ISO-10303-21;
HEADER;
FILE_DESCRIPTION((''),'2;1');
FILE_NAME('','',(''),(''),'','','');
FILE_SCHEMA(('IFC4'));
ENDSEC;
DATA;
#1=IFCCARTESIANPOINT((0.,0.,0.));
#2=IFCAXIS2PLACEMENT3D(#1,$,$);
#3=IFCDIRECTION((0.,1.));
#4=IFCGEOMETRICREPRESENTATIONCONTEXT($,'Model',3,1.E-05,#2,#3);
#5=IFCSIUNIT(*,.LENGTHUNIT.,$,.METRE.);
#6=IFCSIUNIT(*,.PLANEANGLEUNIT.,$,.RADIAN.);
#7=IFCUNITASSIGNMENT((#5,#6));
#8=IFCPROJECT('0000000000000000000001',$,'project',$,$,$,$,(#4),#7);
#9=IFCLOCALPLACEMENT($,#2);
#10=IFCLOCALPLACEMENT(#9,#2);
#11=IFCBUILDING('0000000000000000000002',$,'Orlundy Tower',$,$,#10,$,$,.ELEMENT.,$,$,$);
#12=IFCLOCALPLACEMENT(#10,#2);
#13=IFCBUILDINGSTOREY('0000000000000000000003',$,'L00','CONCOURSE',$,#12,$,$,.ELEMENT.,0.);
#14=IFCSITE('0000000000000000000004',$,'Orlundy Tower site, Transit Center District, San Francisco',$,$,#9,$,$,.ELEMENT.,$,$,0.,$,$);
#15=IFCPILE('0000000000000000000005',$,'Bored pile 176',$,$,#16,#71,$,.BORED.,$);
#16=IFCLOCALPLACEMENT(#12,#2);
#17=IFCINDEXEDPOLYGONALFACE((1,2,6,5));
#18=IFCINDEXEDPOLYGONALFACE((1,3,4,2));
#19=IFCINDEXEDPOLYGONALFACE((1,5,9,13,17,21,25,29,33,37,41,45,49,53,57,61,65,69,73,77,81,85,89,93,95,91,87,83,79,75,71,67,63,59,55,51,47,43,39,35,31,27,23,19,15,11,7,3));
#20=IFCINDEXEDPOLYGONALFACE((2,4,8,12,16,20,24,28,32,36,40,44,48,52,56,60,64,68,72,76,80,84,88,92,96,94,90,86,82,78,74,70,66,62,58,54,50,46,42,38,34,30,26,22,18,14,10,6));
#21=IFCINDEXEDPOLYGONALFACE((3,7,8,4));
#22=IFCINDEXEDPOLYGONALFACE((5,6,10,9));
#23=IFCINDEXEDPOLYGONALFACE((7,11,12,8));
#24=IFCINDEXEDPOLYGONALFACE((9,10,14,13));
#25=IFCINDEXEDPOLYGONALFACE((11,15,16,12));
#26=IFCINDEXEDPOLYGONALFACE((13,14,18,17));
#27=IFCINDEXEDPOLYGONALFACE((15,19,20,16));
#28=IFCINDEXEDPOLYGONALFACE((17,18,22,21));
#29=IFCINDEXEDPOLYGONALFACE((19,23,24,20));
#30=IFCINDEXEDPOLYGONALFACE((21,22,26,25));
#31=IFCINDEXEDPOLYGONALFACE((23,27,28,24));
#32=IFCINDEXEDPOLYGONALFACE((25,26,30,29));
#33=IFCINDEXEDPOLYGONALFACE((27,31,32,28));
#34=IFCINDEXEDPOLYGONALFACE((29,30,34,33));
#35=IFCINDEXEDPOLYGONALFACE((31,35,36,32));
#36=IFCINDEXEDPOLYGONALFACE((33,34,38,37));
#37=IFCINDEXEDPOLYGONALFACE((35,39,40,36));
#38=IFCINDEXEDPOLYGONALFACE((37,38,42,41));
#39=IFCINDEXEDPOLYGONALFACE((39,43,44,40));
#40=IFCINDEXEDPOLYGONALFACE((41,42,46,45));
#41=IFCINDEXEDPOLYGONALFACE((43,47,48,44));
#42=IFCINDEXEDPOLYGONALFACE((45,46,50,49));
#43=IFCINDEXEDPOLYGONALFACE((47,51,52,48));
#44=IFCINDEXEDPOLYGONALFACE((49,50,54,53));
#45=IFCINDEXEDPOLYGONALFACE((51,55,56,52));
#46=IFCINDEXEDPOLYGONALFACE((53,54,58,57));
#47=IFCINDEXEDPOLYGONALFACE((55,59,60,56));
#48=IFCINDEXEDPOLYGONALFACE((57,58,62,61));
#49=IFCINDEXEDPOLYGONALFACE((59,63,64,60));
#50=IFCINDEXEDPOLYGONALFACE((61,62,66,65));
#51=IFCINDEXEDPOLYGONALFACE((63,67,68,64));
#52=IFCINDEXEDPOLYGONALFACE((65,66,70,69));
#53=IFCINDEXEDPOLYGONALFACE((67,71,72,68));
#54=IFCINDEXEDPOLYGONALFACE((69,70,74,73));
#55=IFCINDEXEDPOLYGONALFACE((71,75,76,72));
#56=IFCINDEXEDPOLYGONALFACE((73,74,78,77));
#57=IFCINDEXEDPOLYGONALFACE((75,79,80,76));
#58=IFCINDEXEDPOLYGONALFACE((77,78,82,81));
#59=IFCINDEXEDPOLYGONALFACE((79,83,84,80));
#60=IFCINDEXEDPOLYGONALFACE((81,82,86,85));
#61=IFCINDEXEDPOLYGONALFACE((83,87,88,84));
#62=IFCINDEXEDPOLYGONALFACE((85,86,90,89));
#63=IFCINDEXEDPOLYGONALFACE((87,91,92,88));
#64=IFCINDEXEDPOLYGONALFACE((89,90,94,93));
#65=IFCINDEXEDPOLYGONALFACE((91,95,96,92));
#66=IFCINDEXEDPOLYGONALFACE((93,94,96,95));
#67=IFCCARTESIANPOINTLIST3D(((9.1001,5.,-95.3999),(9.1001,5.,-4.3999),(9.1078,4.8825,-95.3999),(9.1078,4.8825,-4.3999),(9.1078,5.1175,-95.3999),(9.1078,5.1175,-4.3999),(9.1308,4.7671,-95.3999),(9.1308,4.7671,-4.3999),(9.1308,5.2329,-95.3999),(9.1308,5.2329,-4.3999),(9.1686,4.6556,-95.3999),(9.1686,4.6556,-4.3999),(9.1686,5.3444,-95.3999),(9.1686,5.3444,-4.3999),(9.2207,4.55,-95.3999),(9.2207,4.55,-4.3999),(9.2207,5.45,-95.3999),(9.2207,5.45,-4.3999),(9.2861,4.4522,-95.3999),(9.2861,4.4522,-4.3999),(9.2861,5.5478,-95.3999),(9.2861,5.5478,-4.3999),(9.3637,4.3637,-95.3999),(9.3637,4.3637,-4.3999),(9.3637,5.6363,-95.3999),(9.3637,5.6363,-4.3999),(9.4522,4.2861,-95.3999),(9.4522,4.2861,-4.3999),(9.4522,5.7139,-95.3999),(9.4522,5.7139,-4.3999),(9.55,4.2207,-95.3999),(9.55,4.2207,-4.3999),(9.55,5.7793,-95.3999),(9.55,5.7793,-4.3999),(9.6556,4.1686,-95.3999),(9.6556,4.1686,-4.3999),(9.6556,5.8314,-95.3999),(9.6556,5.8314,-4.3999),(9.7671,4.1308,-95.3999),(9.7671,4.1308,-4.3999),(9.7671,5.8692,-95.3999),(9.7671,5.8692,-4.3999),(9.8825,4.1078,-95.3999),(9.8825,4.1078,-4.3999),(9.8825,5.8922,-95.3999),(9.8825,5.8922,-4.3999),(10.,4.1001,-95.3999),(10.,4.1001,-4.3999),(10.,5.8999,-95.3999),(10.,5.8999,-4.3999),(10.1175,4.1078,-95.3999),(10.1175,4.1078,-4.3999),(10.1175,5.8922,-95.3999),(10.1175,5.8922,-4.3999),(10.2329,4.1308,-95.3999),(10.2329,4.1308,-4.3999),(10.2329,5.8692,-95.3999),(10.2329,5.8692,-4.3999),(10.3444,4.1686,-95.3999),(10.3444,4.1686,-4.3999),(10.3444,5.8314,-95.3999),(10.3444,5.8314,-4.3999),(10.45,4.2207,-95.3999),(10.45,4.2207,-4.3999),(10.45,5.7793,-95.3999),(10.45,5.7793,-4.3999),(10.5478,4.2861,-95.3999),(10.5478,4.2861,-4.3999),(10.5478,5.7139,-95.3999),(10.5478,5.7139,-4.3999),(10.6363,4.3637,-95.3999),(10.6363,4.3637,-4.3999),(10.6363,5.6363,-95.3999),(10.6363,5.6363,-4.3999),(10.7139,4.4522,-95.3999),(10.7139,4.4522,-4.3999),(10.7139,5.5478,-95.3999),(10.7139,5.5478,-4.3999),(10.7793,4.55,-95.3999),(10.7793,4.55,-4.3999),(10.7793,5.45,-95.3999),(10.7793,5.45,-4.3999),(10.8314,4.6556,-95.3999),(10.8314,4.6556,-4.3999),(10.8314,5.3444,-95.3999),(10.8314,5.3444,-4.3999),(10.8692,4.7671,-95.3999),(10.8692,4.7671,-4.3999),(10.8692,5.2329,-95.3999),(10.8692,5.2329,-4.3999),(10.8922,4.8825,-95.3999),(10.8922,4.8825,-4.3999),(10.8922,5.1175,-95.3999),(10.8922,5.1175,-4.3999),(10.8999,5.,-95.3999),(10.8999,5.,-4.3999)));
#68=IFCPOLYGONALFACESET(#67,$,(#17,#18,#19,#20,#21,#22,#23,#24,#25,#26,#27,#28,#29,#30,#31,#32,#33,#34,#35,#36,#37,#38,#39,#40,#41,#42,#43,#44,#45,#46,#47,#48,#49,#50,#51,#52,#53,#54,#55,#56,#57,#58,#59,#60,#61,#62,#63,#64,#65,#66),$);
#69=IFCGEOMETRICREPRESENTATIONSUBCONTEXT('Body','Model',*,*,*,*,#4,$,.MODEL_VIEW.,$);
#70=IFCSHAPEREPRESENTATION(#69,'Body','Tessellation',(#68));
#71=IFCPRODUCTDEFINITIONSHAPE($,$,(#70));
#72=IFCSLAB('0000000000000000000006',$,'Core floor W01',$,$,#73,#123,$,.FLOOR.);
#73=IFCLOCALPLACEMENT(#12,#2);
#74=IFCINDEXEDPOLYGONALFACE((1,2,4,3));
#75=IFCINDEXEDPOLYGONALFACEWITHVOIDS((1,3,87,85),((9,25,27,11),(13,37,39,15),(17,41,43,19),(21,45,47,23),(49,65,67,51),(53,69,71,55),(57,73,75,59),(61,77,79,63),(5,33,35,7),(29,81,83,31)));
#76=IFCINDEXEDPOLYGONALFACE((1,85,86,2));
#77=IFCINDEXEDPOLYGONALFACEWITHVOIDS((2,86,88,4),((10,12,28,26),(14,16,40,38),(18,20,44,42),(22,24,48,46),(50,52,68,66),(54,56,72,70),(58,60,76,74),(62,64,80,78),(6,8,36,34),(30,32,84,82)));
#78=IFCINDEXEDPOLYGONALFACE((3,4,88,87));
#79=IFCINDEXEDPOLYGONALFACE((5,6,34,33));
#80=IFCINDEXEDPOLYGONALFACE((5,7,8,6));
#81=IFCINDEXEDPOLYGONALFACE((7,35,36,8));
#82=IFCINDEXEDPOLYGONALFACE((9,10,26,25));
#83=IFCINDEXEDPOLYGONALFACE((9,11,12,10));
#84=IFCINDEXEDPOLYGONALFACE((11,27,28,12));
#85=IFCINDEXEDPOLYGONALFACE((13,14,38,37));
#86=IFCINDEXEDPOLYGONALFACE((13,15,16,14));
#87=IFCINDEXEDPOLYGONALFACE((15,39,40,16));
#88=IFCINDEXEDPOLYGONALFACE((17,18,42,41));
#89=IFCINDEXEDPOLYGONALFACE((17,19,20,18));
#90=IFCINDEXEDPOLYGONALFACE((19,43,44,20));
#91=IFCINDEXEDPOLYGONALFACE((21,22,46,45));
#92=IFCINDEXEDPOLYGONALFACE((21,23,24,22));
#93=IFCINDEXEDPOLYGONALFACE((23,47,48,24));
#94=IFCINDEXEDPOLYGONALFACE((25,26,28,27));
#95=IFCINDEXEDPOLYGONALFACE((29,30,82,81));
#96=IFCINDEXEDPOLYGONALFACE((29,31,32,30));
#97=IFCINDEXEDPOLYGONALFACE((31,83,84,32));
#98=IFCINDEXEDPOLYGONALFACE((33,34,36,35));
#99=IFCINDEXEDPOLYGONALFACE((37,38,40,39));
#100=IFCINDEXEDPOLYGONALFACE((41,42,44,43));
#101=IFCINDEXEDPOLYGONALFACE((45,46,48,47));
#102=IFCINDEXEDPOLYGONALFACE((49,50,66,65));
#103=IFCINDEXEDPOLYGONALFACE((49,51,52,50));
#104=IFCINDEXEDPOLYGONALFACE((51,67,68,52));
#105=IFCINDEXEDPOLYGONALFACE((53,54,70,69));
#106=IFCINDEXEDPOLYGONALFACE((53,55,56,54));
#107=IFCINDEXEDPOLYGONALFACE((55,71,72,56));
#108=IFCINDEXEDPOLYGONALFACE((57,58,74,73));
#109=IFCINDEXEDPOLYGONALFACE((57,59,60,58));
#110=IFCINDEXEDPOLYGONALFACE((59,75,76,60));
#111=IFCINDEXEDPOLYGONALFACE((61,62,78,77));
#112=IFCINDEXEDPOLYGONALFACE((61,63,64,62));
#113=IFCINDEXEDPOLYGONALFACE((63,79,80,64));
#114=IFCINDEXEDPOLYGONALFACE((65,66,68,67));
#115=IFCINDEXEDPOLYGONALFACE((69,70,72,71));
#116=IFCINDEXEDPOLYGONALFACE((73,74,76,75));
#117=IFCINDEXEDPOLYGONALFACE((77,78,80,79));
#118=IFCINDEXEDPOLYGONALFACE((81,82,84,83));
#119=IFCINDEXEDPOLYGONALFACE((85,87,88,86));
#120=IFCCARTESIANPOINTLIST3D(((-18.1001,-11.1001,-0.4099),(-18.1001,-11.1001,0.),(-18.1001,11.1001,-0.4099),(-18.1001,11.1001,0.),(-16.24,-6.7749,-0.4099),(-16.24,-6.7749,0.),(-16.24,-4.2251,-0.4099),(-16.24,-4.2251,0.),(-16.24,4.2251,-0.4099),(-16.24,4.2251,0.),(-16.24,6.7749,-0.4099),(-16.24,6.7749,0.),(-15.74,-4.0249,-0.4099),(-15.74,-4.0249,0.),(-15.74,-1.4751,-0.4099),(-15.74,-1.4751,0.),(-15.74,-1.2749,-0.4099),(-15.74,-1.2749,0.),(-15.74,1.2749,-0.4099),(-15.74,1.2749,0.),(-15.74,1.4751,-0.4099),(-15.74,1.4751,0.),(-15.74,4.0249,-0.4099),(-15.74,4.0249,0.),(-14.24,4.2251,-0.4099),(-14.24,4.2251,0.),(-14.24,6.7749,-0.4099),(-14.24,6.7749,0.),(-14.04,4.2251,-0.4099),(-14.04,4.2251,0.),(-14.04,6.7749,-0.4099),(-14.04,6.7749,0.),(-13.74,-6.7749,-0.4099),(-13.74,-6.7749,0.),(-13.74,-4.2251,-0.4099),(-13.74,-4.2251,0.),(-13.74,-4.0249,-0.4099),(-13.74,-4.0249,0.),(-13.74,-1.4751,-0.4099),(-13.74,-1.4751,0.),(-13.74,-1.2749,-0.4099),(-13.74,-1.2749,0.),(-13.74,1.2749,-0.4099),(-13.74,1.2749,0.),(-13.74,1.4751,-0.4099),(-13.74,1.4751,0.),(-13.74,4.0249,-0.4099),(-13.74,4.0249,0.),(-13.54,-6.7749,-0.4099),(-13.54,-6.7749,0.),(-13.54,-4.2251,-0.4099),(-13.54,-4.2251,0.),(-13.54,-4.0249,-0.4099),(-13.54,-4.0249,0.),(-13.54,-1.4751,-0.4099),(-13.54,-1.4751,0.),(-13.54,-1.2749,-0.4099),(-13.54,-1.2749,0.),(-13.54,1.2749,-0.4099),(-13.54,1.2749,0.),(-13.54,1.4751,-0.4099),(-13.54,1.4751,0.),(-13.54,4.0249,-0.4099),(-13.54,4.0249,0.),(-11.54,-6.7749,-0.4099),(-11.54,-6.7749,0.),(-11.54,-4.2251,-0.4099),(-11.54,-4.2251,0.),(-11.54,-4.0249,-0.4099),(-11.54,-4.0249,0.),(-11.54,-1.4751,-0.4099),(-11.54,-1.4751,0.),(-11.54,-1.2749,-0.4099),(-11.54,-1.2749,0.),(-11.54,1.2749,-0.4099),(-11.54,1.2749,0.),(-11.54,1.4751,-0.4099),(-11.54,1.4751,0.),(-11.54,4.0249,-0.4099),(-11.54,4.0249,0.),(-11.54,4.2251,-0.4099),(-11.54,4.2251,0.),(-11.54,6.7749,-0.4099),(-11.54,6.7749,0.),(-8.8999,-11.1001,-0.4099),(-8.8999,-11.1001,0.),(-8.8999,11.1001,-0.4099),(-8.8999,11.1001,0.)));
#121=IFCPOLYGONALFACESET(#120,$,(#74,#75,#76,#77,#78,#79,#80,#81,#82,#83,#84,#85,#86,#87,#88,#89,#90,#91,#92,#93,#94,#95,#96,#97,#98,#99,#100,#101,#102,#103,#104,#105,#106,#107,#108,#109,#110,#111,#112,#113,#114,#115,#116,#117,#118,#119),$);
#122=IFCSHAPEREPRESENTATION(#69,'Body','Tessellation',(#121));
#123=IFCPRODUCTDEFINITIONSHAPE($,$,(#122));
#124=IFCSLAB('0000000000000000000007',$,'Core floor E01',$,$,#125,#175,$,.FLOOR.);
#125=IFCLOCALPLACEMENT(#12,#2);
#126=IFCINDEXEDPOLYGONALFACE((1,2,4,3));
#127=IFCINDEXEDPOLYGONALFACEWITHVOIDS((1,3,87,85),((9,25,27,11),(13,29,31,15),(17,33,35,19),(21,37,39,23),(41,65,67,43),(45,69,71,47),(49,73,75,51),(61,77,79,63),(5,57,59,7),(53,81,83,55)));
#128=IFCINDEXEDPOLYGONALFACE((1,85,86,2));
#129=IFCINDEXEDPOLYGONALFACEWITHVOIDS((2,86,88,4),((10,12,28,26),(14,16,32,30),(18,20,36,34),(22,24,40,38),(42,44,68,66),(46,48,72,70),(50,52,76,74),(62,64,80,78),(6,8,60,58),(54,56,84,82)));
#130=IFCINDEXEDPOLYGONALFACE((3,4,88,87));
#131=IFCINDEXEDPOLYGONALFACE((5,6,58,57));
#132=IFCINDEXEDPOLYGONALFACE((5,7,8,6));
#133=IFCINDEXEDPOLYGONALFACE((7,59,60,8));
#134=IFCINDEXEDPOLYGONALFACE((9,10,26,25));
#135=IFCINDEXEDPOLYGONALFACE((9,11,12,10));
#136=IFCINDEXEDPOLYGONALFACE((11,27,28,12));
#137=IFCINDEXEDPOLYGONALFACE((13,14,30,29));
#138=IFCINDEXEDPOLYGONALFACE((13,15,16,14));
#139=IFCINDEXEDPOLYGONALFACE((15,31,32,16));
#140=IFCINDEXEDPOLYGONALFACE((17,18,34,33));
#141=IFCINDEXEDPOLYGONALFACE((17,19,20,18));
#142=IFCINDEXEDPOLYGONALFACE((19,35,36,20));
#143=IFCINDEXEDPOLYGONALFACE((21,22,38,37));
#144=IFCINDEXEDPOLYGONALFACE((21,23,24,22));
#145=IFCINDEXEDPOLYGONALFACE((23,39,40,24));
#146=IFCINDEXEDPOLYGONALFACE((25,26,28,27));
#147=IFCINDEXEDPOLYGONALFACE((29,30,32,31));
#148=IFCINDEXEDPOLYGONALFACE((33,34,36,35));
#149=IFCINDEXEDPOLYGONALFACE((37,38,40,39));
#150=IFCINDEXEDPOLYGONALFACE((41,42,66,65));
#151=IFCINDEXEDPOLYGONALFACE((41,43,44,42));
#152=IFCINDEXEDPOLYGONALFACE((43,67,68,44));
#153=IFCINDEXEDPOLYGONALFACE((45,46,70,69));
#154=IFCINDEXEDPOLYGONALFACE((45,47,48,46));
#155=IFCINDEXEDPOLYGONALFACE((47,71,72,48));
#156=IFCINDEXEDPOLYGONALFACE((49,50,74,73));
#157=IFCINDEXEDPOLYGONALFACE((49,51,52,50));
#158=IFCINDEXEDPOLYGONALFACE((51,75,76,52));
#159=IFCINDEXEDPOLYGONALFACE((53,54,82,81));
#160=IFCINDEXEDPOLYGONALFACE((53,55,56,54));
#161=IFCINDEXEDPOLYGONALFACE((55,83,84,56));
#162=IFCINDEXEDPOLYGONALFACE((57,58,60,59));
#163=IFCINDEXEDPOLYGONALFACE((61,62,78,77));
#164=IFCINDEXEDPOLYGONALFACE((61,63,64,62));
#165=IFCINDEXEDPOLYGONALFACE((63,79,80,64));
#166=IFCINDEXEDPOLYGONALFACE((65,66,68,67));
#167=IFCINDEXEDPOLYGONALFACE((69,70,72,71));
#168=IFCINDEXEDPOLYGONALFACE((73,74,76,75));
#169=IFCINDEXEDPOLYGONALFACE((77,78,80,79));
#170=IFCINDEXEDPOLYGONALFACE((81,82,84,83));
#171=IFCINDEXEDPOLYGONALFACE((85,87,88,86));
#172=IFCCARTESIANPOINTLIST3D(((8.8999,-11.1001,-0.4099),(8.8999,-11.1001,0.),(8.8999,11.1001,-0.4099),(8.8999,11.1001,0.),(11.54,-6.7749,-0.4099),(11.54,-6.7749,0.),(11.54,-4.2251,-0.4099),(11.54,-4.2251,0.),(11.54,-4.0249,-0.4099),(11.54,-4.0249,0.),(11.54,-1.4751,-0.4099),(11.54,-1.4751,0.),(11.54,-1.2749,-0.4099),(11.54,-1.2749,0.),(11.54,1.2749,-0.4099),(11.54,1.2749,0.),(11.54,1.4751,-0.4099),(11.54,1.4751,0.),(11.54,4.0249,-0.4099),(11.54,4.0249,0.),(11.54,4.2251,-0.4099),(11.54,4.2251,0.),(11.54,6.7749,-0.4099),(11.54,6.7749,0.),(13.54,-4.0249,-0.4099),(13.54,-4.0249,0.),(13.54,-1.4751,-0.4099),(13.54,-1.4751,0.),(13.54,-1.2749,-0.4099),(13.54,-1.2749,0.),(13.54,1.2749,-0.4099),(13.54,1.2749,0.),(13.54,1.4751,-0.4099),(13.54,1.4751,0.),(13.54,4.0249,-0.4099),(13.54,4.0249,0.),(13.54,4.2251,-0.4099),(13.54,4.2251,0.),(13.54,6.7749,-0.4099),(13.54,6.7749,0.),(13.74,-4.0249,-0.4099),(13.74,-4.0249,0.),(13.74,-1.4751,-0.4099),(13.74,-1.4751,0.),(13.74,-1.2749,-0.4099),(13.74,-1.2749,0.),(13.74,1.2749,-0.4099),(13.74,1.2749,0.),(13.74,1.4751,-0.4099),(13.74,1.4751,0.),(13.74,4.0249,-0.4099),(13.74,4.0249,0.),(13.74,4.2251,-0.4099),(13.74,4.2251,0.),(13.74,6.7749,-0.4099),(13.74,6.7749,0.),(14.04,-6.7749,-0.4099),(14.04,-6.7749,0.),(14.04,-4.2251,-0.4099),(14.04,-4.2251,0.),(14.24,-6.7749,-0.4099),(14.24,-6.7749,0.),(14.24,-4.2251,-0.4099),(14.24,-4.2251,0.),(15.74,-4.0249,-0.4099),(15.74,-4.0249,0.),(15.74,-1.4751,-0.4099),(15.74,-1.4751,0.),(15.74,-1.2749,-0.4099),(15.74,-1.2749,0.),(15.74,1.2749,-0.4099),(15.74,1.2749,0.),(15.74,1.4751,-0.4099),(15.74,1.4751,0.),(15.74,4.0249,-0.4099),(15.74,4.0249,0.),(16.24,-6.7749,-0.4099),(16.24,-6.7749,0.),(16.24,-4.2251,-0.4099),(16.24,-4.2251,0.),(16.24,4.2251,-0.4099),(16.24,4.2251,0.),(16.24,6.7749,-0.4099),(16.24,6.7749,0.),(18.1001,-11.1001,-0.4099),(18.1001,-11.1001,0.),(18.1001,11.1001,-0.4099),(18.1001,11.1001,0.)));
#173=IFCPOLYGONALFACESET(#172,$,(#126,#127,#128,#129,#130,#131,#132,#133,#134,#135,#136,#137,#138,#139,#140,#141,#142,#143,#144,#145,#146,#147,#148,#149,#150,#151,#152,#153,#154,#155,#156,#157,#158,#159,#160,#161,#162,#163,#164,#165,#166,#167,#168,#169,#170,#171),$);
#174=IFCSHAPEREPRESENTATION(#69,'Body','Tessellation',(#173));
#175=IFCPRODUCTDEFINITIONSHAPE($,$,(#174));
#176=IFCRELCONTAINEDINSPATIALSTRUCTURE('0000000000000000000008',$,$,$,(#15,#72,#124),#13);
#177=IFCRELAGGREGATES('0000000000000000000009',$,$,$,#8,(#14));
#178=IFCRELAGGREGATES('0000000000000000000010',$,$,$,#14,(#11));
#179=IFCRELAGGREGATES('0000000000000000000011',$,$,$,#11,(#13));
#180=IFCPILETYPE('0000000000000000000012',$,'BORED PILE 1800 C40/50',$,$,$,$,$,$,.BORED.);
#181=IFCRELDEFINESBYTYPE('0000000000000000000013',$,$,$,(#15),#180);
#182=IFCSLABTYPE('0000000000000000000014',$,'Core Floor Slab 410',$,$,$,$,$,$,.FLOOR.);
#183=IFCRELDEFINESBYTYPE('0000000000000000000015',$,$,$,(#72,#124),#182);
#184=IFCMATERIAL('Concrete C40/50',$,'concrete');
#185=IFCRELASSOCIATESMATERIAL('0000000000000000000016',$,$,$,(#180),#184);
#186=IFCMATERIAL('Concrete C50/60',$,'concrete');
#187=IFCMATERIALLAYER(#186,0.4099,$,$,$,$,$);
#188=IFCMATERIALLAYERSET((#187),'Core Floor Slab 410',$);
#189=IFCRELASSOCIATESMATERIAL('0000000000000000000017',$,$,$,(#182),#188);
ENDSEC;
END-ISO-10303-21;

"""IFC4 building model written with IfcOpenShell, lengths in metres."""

from ifc_helpers import new_model, si_unit, direction, frame, origin, origin_2d, place, context, subcontext, project, spatial, polyline, circle, outline, extrude, material, layer, layer_set, material_profile, profile_set, type_object, element, save


model = new_model("IFC4")

# Units and contexts
model_context = context("Model", 3, precision=1e-05, world=origin(), true_north=direction((0.0, 1.0)))
body_context = subcontext(model_context, "Body", "Model", "MODEL_VIEW")
ifc_project = project(units=[si_unit("LENGTHUNIT", "METRE"), si_unit("PLANEANGLEUNIT", "RADIAN")], contexts=[model_context])

# Site, building, storey
site_placement = place(None, origin())
site = spatial("IfcSite", under=ifc_project, at=site_placement, Name="Orlundy Tower site, Transit Center District, San Francisco", CompositionType="ELEMENT", RefElevation=0.0)
building_placement = place(site_placement, origin())
building = spatial("IfcBuilding", under=site, at=building_placement, Name="Orlundy Tower", CompositionType="ELEMENT")
storey_placement = place(building_placement, origin())
storey = spatial("IfcBuildingStorey", under=building, at=storey_placement, Name="L00", Description="CONCOURSE", CompositionType="ELEMENT", Elevation=0.0)

# Pile
ifc_material_1 = material(Name="Concrete C40/50", Category="concrete")
ifc_material_profile = material_profile(ifc_material_1, circle(Radius=0.8999, at=origin_2d()), Name="BP1800")
ifc_profile_set = profile_set([ifc_material_profile], Name="Concrete C40/50")
pile_type = type_object("IfcPileType", Name="BORED PILE 1800 C40/50", PredefinedType="BORED", material=ifc_profile_set)
for number, where, z_axis, x_axis, name in (
    (1, (10.0, 5.0, -4.3999), (0.0, 0.0, -1.0), (1.0, 0.0, 0.0), "Bored pile 176"),
):
    element("IfcPile", number, at=place(storey_placement, frame(where, z_axis=z_axis, x_axis=x_axis)), inside=storey, type_object=pile_type, Name=name, PredefinedType="BORED", context=body_context, shape_type="SweptSolid", body=[
        extrude(circle(Radius=0.8999, at=origin_2d()), origin(), (0.0, 0.0, 1.0), 91.0),
    ])

# Slabs
ifc_material_2 = material(Name="Concrete C50/60", Category="concrete")
ifc_layer_1 = layer(ifc_material_2, 0.4099)
ifc_layer_set_1 = layer_set([ifc_layer_1], Name="Core Floor Slab 410")
slab_type_1 = type_object("IfcSlabType", Name="Core Floor Slab 410", PredefinedType="FLOOR", material=ifc_layer_set_1)
slab_1_placement = place(storey_placement, frame((0.0, 0.0, -0.4099)))
element("IfcSlab", 2, at=slab_1_placement, inside=storey, type_object=slab_type_1, Name="Core floor W01", PredefinedType="FLOOR", context=body_context, shape_type="SweptSolid", body=[
    extrude(outline(polyline([(-18.1001, 11.1001), (-8.8999, 11.1001), (-8.8999, -11.1001), (-18.1001, -11.1001), (-18.1001, 11.1001)]), holes=[polyline([(-13.54, -4.2251), (-13.54, -6.7749), (-11.54, -6.7749), (-11.54, -4.2251), (-13.54, -4.2251)]), polyline([(-13.74, -4.2251), (-16.24, -4.2251), (-16.24, -6.7749), (-13.74, -6.7749), (-13.74, -4.2251)]), polyline([(-11.54, -4.0249), (-11.54, -1.4751), (-13.54, -1.4751), (-13.54, -4.0249), (-11.54, -4.0249)]), polyline([(-15.74, -4.0249), (-13.74, -4.0249), (-13.74, -1.4751), (-15.74, -1.4751), (-15.74, -4.0249)]), polyline([(-13.54, 1.2749), (-13.54, -1.2749), (-11.54, -1.2749), (-11.54, 1.2749), (-13.54, 1.2749)]), polyline([(-13.74, 1.2749), (-15.74, 1.2749), (-15.74, -1.2749), (-13.74, -1.2749), (-13.74, 1.2749)]), polyline([(-11.54, 1.4751), (-11.54, 4.0249), (-13.54, 4.0249), (-13.54, 1.4751), (-11.54, 1.4751)]), polyline([(-15.74, 1.4751), (-13.74, 1.4751), (-13.74, 4.0249), (-15.74, 4.0249), (-15.74, 1.4751)]), polyline([(-14.04, 6.7749), (-14.04, 4.2251), (-11.54, 4.2251), (-11.54, 6.7749), (-14.04, 6.7749)]), polyline([(-14.24, 6.7749), (-16.24, 6.7749), (-16.24, 4.2251), (-14.24, 4.2251), (-14.24, 6.7749)])]), origin(), (0.0, 0.0, 1.0), 0.4099),
])
slab_2_placement = place(storey_placement, frame((0.0, 0.0, -0.4099)))
element("IfcSlab", 3, at=slab_2_placement, inside=storey, type_object=slab_type_1, Name="Core floor E01", PredefinedType="FLOOR", context=body_context, shape_type="SweptSolid", body=[
    extrude(outline(polyline([(18.1001, -11.1001), (8.8999, -11.1001), (8.8999, 11.1001), (18.1001, 11.1001), (18.1001, -11.1001)]), holes=[polyline([(13.54, 4.2251), (13.54, 6.7749), (11.54, 6.7749), (11.54, 4.2251), (13.54, 4.2251)]), polyline([(13.74, 4.2251), (16.24, 4.2251), (16.24, 6.7749), (13.74, 6.7749), (13.74, 4.2251)]), polyline([(11.54, 4.0249), (11.54, 1.4751), (13.54, 1.4751), (13.54, 4.0249), (11.54, 4.0249)]), polyline([(15.74, 4.0249), (13.74, 4.0249), (13.74, 1.4751), (15.74, 1.4751), (15.74, 4.0249)]), polyline([(13.54, -1.2749), (13.54, 1.2749), (11.54, 1.2749), (11.54, -1.2749), (13.54, -1.2749)]), polyline([(13.74, -1.2749), (15.74, -1.2749), (15.74, 1.2749), (13.74, 1.2749), (13.74, -1.2749)]), polyline([(11.54, -1.4751), (11.54, -4.0249), (13.54, -4.0249), (13.54, -1.4751), (11.54, -1.4751)]), polyline([(15.74, -1.4751), (13.74, -1.4751), (13.74, -4.0249), (15.74, -4.0249), (15.74, -1.4751)]), polyline([(14.04, -6.7749), (14.04, -4.2251), (11.54, -4.2251), (11.54, -6.7749), (14.04, -6.7749)]), polyline([(14.24, -6.7749), (16.24, -6.7749), (16.24, -4.2251), (14.24, -4.2251), (14.24, -6.7749)])]), origin(), (0.0, 0.0, 1.0), 0.4099),
])

save(model, "model.ifc")
